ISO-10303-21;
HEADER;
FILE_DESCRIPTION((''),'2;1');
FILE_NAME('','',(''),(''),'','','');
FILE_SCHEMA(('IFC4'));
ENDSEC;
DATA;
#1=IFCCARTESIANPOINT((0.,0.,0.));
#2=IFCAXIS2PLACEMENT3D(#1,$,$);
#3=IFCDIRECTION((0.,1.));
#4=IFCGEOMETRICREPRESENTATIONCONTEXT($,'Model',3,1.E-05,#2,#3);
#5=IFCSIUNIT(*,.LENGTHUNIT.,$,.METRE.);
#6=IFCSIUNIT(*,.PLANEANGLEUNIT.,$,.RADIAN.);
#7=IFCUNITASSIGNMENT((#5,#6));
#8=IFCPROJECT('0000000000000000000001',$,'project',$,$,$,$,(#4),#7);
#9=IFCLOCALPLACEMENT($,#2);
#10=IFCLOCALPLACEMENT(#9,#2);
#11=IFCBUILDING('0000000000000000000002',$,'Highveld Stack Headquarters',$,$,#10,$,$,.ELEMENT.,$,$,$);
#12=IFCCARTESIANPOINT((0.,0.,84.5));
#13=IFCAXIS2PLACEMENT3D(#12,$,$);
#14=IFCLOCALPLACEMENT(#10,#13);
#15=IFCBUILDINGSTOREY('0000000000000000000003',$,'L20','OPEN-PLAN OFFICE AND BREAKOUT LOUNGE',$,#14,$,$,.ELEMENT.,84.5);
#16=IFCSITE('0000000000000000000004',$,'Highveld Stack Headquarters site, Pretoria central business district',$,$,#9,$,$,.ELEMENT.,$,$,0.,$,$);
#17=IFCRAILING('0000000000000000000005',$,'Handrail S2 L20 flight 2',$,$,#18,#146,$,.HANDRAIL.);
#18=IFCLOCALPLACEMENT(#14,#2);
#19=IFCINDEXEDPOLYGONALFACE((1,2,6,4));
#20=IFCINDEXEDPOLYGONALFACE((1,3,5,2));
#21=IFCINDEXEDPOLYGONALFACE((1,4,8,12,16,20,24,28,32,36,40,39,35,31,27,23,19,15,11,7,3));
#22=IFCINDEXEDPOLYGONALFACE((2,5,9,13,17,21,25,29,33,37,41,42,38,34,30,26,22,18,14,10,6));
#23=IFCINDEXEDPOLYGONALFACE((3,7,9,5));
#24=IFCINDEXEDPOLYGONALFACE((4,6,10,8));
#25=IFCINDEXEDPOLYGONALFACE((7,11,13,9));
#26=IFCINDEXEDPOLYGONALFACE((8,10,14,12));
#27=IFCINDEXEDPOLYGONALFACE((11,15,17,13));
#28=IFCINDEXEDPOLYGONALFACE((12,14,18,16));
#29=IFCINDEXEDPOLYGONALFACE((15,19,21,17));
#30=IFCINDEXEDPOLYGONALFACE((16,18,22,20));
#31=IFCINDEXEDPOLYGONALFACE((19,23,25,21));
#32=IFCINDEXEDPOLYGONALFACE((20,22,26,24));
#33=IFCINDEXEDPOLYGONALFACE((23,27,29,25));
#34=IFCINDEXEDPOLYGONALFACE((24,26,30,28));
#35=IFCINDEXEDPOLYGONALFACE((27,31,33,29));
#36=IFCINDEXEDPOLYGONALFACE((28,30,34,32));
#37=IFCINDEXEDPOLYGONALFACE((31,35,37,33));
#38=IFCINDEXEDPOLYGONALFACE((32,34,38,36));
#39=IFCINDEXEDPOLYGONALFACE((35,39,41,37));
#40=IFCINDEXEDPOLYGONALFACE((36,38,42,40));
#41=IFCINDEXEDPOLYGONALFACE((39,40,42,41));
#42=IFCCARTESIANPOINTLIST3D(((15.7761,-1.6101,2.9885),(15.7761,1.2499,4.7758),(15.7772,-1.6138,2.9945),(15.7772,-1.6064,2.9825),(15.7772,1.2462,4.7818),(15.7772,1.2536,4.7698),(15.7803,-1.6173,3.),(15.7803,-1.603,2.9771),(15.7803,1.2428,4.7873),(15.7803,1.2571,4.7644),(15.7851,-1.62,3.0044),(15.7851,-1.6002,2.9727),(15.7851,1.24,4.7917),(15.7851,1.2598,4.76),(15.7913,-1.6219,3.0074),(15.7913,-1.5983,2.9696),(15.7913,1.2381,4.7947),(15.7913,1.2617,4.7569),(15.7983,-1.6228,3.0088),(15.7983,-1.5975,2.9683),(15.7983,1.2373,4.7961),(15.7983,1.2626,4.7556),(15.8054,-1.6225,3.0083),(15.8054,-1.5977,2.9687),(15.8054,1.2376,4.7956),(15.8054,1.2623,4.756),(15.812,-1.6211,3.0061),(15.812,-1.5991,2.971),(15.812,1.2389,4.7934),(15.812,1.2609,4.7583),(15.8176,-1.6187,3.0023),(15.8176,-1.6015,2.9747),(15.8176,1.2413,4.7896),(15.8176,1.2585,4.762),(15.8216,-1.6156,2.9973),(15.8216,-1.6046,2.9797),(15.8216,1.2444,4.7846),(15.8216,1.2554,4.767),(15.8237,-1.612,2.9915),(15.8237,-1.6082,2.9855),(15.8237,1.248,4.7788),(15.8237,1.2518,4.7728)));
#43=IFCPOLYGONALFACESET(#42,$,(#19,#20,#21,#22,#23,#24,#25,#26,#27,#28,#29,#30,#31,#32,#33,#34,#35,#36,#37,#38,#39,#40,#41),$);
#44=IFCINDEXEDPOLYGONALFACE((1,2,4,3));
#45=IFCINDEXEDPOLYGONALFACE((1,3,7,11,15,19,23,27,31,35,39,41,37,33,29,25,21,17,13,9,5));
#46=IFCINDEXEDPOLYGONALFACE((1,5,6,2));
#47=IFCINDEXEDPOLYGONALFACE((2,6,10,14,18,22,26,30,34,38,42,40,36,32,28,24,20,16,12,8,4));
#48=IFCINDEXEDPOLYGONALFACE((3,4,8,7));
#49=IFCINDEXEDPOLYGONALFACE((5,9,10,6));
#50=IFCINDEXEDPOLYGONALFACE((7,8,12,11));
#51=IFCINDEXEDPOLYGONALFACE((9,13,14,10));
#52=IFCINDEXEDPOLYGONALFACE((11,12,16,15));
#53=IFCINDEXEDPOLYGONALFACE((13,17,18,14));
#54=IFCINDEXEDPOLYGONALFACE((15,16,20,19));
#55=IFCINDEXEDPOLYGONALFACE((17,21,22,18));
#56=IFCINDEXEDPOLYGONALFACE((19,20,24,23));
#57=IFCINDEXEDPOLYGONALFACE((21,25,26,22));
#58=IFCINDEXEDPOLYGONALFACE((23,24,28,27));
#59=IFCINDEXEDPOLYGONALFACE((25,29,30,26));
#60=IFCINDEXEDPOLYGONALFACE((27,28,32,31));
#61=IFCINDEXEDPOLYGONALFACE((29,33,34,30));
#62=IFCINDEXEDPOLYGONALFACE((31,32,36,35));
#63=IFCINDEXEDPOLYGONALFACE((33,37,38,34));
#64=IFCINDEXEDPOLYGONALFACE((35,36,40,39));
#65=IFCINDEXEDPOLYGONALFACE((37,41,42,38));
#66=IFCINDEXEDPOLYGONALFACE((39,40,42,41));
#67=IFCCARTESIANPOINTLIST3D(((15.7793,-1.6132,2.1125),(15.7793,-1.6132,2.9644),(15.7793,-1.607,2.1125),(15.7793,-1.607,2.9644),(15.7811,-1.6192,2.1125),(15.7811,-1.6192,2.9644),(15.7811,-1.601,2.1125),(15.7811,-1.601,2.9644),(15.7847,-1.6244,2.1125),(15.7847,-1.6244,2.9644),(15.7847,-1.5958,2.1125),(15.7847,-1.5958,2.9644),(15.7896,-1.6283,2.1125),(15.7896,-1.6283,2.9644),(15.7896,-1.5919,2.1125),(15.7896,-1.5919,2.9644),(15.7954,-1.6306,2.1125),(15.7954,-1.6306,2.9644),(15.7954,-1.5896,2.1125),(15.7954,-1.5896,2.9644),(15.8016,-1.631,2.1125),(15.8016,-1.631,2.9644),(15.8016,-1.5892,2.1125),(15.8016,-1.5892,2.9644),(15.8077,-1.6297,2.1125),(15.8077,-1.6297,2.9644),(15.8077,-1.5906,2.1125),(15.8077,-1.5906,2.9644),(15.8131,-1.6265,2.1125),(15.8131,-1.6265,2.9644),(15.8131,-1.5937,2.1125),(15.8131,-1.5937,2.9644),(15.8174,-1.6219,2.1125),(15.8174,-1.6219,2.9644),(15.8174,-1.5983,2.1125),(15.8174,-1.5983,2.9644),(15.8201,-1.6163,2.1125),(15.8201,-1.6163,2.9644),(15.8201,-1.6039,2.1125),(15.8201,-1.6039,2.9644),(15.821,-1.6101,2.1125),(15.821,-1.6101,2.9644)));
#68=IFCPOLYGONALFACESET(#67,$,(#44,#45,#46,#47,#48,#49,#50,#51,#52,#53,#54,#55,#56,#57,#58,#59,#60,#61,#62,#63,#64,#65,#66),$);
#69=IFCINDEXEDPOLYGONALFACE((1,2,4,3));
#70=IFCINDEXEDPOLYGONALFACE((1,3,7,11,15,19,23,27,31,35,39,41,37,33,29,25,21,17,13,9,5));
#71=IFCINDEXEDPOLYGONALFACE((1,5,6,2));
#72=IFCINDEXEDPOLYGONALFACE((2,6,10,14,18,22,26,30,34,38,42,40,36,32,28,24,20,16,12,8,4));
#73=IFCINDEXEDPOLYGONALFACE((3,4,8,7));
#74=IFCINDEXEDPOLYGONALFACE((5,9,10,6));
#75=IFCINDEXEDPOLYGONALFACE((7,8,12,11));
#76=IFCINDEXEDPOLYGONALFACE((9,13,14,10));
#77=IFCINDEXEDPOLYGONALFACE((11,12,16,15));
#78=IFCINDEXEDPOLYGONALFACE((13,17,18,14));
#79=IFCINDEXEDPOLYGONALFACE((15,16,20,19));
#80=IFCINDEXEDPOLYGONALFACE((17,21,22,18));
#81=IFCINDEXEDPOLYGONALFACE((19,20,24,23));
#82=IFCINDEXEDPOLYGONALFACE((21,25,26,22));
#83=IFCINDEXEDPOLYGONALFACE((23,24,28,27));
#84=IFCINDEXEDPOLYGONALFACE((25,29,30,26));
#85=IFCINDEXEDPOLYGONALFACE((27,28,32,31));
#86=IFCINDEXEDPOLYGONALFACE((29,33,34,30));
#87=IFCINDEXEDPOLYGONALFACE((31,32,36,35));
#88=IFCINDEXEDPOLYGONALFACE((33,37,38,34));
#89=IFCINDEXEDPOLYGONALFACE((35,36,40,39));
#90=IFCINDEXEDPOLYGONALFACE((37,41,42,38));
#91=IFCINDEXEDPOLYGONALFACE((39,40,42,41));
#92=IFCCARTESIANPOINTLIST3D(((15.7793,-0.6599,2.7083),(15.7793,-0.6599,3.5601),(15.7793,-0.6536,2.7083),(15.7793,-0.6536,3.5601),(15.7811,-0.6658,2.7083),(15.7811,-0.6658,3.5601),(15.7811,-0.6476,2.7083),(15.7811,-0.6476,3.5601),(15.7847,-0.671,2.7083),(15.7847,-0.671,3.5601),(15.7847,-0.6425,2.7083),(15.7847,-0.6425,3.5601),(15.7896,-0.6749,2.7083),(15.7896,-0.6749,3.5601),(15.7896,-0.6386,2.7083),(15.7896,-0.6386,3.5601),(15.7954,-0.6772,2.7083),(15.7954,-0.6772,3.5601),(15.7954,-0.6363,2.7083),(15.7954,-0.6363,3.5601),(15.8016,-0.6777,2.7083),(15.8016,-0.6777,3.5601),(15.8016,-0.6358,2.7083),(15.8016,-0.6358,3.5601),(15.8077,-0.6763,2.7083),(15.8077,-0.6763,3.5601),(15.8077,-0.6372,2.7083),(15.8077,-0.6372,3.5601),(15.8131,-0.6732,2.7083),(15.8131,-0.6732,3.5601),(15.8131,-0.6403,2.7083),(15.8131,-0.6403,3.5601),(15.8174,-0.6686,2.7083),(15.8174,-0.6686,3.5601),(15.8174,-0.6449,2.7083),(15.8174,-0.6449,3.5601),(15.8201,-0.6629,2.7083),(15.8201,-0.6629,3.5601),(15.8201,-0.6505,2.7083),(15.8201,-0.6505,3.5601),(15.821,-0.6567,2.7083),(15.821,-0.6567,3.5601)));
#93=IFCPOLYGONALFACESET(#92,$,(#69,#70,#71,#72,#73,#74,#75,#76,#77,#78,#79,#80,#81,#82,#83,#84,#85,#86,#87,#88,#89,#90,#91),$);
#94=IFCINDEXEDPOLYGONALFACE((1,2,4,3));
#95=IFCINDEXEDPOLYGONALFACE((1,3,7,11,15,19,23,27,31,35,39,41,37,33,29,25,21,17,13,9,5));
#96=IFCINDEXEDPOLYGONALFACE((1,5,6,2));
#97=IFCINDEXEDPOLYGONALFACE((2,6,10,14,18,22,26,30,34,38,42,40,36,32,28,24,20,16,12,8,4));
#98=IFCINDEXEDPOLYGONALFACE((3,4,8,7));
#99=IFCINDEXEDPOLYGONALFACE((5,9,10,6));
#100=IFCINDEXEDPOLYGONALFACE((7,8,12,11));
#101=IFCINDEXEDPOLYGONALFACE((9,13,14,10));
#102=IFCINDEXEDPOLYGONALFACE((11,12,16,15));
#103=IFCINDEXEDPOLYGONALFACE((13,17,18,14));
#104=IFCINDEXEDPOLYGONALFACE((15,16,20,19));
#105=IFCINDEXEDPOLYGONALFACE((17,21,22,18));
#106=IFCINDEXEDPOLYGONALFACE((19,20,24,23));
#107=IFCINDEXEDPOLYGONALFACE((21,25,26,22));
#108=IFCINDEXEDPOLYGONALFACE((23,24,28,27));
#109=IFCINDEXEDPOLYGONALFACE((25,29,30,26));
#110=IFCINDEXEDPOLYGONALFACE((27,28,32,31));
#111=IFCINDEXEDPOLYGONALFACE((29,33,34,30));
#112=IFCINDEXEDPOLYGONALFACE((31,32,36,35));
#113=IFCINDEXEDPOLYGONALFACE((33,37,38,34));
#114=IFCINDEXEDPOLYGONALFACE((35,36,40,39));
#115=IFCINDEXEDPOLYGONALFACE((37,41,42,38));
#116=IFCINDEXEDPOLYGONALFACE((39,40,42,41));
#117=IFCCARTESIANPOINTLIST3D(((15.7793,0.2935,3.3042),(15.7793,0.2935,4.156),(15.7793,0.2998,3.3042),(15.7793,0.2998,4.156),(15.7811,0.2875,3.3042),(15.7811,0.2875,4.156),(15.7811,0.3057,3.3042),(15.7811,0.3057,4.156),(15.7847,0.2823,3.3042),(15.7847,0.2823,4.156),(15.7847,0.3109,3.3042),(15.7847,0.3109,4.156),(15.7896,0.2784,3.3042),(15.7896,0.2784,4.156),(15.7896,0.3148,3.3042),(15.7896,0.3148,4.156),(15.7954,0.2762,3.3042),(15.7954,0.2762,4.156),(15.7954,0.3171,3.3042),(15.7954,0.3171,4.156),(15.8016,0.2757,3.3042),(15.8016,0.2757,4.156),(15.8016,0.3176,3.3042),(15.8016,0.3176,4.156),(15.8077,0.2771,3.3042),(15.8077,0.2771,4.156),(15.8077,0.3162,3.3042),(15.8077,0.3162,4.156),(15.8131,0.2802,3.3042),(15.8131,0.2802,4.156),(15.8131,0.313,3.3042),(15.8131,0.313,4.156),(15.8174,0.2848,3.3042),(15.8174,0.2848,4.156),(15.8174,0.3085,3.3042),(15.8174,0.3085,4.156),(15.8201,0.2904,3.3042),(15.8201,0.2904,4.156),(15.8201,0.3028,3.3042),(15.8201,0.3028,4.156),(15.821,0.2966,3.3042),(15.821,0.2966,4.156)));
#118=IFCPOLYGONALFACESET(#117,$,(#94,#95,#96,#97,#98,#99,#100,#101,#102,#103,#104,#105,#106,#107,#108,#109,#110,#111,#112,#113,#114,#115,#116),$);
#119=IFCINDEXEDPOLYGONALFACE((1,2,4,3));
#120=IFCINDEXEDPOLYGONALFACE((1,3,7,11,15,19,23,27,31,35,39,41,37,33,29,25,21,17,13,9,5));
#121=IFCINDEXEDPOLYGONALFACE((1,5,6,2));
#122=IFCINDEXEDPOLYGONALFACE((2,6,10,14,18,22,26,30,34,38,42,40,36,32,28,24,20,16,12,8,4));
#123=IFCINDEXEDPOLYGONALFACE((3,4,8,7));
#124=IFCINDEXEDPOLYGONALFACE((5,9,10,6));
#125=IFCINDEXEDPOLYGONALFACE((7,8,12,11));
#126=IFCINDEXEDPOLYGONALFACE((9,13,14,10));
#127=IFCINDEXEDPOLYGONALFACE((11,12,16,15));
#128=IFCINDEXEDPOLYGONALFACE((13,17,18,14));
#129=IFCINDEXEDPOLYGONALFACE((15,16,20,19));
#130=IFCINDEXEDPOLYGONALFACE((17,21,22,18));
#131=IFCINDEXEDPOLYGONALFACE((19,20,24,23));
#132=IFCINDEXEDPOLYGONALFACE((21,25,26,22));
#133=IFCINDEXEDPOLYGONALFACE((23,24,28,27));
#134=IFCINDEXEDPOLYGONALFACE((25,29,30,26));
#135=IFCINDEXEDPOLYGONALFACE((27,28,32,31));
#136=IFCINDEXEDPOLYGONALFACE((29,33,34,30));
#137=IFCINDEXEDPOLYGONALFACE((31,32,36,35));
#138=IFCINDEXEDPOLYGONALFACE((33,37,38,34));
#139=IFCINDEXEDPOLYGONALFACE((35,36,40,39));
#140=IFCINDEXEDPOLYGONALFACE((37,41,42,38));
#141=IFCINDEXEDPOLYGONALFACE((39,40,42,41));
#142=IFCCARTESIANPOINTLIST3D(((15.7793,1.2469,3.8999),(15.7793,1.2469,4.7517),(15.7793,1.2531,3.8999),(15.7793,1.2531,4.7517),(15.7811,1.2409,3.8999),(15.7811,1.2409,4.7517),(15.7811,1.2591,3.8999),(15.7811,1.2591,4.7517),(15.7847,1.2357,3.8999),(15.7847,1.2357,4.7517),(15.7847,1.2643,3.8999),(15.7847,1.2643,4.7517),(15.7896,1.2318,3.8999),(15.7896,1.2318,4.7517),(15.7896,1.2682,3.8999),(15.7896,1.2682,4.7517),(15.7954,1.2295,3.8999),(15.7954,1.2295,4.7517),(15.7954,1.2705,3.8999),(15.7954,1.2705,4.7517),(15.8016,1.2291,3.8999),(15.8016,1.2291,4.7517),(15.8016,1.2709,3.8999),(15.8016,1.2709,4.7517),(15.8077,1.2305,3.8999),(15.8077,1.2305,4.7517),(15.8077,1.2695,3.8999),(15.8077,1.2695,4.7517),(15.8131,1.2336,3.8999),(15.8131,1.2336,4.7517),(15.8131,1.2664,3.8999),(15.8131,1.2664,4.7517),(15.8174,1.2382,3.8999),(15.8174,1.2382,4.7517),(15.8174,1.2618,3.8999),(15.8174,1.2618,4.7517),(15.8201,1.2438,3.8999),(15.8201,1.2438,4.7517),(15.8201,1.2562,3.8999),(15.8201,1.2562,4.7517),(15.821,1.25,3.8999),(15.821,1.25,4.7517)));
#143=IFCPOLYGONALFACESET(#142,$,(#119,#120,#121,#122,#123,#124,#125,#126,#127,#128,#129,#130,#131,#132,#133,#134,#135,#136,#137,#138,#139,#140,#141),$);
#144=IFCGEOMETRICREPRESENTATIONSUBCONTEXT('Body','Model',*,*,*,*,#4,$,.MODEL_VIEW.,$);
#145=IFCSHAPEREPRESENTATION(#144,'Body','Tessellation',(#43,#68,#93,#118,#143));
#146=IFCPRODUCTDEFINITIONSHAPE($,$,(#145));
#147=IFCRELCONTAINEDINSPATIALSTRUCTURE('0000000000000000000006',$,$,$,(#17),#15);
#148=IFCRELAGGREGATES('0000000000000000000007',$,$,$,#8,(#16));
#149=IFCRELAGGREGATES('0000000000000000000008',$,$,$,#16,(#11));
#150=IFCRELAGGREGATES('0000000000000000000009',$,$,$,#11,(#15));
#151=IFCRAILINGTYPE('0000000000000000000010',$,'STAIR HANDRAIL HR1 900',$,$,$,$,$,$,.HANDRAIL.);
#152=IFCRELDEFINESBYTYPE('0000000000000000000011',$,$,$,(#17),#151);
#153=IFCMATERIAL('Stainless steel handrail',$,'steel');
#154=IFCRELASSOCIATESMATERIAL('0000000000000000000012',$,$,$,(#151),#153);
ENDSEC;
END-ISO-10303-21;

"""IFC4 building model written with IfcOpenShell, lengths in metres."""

from ifc_helpers import new_model, si_unit, direction, frame, origin, origin_2d, place, context, subcontext, project, spatial, circle, extrude, material, type_object, element, save


model = new_model("IFC4")

# Units and contexts
model_context = context("Model", 3, precision=1e-05, world=origin(), true_north=direction((0.0, 1.0)))
body_context = subcontext(model_context, "Body", "Model", "MODEL_VIEW")
ifc_project = project(units=[si_unit("LENGTHUNIT", "METRE"), si_unit("PLANEANGLEUNIT", "RADIAN")], contexts=[model_context])

# Site, building, storey
site_placement = place(None, origin())
site = spatial("IfcSite", under=ifc_project, at=site_placement, Name="Highveld Stack Headquarters site, Pretoria central business district", CompositionType="ELEMENT", RefElevation=0.0)
building_placement = place(site_placement, origin())
building = spatial("IfcBuilding", under=site, at=building_placement, Name="Highveld Stack Headquarters", CompositionType="ELEMENT")
storey_placement = place(building_placement, frame((0.0, 0.0, 84.5)))
storey = spatial("IfcBuildingStorey", under=building, at=storey_placement, Name="L20", Description="OPEN-PLAN OFFICE AND BREAKOUT LOUNGE", CompositionType="ELEMENT", Elevation=84.5)

# Railing
ifc_material_1 = material(Name="Stainless steel handrail", Category="steel")
railing_type = type_object("IfcRailingType", Name="STAIR HANDRAIL HR1 900", PredefinedType="HANDRAIL", material=ifc_material_1)
for number, where, name in (
    (1, (15.8, -1.6101, 2.1125), "Handrail S2 L20 flight 2"),
):
    element("IfcRailing", number, at=place(storey_placement, frame(where)), inside=storey, type_object=railing_type, Name=name, PredefinedType="HANDRAIL", context=body_context, shape_type="SweptSolid", body=[
        extrude(circle(Radius=0.0239, at=origin_2d()), frame((0.0, 0.0, 0.876), z_axis=(0.0, 0.848027, 0.529953), x_axis=(-1.0, 0.0, 0.0)), (0.0, 0.0, 1.0), 3.3726),
        extrude(circle(Radius=0.021, at=origin_2d()), origin(), (0.0, 0.0, 1.0), 0.8518),
        extrude(circle(Radius=0.021, at=origin_2d()), frame((0.0, 0.9534, 0.5957)), (0.0, 0.0, 1.0), 0.8518),
        extrude(circle(Radius=0.021, at=origin_2d()), frame((0.0, 1.9067, 1.1917)), (0.0, 0.0, 1.0), 0.8518),
        extrude(circle(Radius=0.021, at=origin_2d()), frame((0.0, 2.8601, 1.7874)), (0.0, 0.0, 1.0), 0.8518),
    ])

save(model, "model.ifc")
